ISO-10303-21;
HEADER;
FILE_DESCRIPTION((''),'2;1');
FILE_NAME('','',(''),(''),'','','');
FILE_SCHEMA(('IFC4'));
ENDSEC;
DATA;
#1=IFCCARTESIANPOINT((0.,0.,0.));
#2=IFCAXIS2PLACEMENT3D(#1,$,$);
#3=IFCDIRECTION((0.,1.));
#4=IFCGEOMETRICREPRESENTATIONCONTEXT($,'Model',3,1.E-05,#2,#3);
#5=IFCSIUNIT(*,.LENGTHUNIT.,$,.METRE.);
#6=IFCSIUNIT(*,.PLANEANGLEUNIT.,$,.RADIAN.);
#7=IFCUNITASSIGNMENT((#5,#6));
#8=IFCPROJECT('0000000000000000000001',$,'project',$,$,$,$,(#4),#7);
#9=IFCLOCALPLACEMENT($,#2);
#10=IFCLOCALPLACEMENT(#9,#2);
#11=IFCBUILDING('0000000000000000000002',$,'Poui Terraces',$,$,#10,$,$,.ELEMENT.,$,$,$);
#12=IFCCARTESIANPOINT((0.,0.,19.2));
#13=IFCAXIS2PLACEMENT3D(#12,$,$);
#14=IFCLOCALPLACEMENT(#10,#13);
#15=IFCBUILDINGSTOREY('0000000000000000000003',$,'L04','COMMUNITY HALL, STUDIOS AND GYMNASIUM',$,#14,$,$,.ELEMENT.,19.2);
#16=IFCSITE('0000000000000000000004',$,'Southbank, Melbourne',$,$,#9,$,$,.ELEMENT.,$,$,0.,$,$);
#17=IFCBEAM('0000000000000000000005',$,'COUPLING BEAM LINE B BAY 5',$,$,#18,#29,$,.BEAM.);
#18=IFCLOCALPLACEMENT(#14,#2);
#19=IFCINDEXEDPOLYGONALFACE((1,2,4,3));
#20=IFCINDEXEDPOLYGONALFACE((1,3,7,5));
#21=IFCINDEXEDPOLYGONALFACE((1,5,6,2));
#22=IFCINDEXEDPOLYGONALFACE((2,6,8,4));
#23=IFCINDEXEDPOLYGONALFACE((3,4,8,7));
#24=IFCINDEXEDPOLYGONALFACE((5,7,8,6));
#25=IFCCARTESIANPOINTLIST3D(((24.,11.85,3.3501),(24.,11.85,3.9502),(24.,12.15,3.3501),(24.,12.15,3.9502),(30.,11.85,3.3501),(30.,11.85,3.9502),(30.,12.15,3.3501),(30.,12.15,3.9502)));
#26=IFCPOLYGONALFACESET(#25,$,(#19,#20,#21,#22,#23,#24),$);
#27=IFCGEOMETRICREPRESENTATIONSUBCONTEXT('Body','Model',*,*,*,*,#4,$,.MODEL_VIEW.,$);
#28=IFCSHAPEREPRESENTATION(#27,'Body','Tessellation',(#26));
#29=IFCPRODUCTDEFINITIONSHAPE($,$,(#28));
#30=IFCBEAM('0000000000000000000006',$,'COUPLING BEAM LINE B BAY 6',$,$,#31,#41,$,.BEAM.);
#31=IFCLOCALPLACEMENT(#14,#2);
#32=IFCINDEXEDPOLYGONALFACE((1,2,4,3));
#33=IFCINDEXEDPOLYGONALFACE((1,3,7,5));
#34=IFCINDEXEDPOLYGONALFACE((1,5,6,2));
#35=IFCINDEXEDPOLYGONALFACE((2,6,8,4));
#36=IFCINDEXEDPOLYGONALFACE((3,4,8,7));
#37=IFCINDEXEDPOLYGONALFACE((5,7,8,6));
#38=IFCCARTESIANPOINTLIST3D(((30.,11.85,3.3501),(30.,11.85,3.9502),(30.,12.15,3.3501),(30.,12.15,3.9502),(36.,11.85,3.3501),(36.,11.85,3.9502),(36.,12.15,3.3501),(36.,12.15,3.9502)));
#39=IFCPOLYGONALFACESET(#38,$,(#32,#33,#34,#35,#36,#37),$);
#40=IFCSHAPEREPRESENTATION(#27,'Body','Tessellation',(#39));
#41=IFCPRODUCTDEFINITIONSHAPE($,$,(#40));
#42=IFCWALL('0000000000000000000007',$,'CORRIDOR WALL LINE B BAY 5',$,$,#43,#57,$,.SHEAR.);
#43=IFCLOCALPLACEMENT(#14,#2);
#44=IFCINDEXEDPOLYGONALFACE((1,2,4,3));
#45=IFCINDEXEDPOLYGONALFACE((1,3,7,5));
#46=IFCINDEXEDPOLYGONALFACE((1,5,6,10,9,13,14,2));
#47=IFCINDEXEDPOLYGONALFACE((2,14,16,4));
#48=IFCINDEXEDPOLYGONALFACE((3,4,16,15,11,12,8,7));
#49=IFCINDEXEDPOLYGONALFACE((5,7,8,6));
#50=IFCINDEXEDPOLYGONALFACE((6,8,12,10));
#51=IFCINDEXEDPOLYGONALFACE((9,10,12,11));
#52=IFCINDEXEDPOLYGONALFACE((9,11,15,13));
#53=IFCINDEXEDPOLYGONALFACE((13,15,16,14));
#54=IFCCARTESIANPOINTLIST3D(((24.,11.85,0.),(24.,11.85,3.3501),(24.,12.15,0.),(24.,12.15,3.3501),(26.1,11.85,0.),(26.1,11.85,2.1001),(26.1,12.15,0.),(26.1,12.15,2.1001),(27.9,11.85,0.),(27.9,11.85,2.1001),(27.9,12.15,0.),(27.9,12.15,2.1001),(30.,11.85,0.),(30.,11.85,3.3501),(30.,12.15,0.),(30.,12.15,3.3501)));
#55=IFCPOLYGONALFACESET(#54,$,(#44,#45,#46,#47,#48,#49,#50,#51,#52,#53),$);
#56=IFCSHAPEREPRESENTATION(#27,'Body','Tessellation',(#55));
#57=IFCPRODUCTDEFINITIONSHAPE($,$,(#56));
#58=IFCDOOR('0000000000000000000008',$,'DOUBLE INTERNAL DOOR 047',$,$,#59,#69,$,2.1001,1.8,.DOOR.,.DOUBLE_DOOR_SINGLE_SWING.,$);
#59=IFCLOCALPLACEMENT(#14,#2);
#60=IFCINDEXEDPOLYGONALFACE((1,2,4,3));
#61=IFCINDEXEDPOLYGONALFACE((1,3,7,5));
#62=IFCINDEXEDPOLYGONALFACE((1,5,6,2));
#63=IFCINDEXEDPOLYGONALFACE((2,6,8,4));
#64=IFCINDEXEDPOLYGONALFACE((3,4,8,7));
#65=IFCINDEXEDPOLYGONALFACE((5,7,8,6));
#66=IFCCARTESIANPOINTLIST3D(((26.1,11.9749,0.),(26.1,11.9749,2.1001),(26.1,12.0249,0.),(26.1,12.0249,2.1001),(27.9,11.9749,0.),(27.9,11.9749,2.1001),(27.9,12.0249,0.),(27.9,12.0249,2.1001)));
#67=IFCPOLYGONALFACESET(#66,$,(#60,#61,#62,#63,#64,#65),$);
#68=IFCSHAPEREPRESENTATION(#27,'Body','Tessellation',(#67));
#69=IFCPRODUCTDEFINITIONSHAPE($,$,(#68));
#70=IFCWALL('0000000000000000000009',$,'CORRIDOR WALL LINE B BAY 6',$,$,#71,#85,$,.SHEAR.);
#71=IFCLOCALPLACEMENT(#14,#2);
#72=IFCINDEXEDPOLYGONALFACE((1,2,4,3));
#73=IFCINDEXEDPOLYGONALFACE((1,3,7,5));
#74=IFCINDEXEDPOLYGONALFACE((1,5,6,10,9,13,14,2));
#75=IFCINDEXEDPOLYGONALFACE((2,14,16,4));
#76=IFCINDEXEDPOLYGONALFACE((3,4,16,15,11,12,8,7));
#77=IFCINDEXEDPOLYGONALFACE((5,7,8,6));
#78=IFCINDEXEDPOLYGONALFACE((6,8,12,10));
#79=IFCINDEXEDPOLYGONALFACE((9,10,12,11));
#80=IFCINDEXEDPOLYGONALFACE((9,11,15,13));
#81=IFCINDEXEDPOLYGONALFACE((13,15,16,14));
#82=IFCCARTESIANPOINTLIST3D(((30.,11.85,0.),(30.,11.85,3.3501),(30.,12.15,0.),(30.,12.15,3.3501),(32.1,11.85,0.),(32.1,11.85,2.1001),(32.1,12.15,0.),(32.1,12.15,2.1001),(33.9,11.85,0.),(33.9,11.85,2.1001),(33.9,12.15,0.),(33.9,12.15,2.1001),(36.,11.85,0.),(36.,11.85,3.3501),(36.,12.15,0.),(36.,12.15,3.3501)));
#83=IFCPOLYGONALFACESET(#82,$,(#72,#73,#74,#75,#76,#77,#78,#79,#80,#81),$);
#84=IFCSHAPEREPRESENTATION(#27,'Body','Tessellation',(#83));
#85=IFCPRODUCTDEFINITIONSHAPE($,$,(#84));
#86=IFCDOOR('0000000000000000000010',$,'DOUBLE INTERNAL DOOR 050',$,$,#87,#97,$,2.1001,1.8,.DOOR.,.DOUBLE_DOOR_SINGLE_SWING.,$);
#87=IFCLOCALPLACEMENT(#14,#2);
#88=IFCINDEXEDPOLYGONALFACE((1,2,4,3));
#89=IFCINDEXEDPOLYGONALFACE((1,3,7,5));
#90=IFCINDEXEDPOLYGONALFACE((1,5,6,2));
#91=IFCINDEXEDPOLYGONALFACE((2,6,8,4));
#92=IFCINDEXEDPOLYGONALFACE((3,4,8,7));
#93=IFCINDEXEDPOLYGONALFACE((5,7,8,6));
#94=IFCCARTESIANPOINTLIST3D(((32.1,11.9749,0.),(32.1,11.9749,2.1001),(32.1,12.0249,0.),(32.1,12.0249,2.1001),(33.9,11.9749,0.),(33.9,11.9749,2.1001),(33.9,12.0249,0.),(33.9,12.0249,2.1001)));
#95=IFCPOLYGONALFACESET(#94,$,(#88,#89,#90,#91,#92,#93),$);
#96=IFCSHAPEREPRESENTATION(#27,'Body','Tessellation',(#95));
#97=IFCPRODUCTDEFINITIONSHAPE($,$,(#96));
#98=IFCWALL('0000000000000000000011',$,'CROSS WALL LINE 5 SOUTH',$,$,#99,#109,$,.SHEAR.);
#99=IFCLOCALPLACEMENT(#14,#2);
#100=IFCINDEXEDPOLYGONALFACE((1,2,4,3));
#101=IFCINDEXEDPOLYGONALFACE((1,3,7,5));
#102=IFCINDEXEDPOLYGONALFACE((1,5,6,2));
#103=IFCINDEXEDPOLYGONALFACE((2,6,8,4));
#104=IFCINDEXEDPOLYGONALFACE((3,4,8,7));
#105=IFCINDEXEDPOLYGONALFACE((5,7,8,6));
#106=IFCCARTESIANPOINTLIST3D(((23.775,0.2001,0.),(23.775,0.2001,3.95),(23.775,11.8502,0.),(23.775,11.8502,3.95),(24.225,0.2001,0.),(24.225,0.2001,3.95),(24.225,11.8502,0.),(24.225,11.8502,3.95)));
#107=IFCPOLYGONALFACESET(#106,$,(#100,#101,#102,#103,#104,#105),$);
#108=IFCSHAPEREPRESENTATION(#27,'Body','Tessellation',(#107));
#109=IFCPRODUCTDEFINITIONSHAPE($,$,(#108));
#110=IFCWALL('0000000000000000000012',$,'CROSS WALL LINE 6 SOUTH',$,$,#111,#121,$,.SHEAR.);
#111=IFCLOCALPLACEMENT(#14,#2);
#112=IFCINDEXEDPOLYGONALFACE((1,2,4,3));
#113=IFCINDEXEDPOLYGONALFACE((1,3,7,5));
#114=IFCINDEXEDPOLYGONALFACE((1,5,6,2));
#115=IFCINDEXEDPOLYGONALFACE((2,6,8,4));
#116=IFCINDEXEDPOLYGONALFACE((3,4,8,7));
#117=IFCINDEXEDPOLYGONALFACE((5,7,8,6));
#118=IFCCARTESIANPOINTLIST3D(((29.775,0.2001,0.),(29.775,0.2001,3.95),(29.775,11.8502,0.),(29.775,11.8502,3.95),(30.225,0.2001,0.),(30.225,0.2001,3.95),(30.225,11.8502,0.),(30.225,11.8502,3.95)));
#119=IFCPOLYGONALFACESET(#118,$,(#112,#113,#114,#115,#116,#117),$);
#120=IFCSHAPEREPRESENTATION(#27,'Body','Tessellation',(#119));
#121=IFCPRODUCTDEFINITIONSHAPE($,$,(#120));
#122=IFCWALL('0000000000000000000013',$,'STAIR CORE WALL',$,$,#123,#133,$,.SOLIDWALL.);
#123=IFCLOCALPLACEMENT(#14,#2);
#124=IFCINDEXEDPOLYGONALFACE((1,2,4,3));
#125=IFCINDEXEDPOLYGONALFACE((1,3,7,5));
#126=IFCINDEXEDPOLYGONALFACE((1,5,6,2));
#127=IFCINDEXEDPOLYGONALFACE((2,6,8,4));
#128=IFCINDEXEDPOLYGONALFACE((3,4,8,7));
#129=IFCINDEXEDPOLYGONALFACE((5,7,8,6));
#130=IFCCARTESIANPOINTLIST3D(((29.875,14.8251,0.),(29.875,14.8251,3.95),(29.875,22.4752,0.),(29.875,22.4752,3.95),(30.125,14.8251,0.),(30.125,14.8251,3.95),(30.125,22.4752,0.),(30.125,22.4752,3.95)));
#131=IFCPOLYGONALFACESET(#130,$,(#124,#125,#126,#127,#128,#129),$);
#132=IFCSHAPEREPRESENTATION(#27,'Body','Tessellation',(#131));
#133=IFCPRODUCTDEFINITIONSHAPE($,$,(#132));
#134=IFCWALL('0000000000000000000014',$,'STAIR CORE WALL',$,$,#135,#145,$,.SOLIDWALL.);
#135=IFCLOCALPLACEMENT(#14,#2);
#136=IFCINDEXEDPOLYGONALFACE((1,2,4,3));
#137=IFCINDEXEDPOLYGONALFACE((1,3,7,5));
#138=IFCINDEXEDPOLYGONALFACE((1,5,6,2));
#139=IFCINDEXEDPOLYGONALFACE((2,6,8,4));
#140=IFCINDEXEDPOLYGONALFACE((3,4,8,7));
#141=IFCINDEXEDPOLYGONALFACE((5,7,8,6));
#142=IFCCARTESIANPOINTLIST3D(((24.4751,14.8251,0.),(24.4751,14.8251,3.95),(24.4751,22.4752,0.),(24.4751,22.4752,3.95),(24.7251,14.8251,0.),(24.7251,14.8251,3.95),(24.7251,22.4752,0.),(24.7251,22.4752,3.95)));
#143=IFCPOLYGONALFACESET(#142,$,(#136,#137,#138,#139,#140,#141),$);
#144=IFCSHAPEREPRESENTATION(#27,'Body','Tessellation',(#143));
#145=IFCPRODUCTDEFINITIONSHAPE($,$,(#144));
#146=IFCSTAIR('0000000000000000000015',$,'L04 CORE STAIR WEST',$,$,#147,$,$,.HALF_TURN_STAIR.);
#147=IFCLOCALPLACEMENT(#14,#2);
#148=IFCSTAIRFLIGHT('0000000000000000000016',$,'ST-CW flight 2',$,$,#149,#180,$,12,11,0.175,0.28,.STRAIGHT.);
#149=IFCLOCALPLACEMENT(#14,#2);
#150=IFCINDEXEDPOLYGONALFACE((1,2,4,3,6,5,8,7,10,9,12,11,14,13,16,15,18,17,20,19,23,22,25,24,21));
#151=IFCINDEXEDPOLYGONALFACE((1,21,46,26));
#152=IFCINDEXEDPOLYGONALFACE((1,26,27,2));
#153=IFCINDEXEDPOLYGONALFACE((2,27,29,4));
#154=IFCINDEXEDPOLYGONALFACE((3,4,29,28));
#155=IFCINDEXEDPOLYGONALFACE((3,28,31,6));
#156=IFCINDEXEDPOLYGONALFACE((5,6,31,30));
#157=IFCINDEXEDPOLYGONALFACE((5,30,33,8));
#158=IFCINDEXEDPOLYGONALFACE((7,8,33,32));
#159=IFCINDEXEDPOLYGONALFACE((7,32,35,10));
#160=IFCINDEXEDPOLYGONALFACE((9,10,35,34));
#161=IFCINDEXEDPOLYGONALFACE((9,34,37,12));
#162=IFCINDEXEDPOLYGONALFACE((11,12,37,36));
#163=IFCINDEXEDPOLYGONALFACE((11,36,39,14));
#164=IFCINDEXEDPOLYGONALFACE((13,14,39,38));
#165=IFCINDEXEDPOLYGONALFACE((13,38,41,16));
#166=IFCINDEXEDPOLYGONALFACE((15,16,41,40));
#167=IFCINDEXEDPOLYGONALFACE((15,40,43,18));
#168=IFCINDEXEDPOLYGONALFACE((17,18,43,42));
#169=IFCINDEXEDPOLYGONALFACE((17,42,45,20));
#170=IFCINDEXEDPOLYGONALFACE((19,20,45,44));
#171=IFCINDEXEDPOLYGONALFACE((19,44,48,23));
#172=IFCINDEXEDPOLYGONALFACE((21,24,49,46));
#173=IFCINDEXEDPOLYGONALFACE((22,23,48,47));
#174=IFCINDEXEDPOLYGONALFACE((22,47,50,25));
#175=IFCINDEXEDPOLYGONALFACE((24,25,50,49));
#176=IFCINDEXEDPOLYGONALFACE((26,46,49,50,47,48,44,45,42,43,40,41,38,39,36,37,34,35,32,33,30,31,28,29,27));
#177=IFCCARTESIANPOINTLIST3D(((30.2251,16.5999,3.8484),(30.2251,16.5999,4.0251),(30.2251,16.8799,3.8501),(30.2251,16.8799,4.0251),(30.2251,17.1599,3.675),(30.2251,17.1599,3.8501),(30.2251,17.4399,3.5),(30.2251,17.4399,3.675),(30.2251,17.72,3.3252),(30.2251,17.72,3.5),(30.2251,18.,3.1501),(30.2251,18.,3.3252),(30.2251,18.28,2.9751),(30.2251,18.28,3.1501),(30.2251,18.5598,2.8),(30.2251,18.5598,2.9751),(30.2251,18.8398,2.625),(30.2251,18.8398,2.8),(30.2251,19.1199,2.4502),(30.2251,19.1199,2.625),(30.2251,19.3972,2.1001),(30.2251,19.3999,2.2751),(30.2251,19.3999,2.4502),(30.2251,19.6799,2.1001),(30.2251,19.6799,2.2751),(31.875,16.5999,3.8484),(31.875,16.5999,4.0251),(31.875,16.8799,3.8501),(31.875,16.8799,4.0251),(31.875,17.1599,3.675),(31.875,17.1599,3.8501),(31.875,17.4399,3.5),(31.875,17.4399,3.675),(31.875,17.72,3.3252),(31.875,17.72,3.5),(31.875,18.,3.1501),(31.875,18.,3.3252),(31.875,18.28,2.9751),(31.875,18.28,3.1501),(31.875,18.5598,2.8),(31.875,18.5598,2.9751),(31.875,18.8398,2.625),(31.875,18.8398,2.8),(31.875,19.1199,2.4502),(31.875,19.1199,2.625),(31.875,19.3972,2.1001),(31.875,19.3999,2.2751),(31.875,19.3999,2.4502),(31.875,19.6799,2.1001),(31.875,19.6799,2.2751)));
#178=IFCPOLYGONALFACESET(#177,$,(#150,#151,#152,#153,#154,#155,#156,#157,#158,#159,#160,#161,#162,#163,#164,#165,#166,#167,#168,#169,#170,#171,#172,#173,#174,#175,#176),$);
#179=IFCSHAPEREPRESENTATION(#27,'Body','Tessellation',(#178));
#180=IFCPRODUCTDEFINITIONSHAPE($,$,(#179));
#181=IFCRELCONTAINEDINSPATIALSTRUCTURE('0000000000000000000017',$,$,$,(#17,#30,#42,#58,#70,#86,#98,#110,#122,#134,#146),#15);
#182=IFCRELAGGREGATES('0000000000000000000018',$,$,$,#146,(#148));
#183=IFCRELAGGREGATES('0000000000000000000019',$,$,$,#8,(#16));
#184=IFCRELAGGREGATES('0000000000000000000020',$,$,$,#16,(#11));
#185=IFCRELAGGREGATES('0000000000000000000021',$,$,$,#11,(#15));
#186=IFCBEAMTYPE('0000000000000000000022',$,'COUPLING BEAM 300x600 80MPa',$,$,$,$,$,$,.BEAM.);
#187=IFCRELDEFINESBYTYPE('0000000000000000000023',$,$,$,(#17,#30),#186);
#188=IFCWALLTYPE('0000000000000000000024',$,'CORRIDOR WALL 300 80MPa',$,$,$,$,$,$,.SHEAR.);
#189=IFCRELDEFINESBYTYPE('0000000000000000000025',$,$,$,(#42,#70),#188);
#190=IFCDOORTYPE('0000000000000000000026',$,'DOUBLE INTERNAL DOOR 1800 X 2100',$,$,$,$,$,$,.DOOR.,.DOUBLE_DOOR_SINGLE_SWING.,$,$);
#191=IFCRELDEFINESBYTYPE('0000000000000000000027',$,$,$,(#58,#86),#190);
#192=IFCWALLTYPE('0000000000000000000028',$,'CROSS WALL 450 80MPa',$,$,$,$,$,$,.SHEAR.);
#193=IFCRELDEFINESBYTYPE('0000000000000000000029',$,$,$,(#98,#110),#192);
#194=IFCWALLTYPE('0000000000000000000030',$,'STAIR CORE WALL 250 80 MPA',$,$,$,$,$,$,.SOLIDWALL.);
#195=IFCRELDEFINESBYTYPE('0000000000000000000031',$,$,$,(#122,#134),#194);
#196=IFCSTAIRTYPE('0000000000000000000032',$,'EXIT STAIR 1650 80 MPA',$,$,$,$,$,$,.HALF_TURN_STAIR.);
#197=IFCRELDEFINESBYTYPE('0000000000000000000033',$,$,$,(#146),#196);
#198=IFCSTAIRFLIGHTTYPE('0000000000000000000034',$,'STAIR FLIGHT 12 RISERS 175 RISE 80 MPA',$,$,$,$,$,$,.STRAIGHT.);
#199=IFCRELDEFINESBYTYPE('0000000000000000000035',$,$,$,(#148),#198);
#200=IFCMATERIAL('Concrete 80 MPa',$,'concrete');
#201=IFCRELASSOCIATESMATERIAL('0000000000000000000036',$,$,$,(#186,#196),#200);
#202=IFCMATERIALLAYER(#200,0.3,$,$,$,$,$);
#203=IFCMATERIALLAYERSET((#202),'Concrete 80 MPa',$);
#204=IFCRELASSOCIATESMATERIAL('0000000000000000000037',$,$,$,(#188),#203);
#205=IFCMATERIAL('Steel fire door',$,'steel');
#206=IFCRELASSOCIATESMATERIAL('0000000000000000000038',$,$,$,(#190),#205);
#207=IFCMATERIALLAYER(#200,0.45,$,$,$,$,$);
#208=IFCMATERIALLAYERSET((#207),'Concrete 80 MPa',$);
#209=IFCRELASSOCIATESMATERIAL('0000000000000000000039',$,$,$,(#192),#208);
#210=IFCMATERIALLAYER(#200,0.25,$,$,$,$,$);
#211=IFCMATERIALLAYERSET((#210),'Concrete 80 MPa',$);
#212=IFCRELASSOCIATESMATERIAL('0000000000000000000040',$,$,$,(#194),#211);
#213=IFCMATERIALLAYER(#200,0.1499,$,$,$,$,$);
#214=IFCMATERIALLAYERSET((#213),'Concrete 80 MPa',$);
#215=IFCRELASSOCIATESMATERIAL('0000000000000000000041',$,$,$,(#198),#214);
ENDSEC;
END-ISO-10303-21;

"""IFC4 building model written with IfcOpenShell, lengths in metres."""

from ifc_helpers import new_model, si_unit, direction, frame, frame_2d, origin, origin_2d, place, context, subcontext, project, spatial, polyline, rectangle, outline, extrude, source, transform, mapped, material, layer, layer_set, material_profile, profile_set, type_object, element, fill, aggregate, save


model = new_model("IFC4")

# Units and contexts
model_context = context("Model", 3, precision=1e-05, world=origin(), true_north=direction((0.0, 1.0)))
body_context = subcontext(model_context, "Body", "Model", "MODEL_VIEW")
ifc_project = project(units=[si_unit("LENGTHUNIT", "METRE"), si_unit("PLANEANGLEUNIT", "RADIAN")], contexts=[model_context])

# Site, building, storey
site_placement = place(None, origin())
site = spatial("IfcSite", under=ifc_project, at=site_placement, Name="Southbank, Melbourne", CompositionType="ELEMENT", RefElevation=0.0)
building_placement = place(site_placement, origin())
building = spatial("IfcBuilding", under=site, at=building_placement, Name="Poui Terraces", CompositionType="ELEMENT")
storey_placement = place(building_placement, frame((0.0, 0.0, 19.2)))
storey = spatial("IfcBuildingStorey", under=building, at=storey_placement, Name="L04", Description="COMMUNITY HALL, STUDIOS AND GYMNASIUM", CompositionType="ELEMENT", Elevation=19.2)

# Beams
ifc_material_1 = material(Name="Concrete 80 MPa", Category="concrete")
ifc_material_profile = material_profile(ifc_material_1, rectangle(XDim=0.3, YDim=0.6001, at=origin_2d()), Name="RC 300x600")
ifc_profile_set = profile_set([ifc_material_profile], Name="Concrete 80 MPa")
beam_type = type_object("IfcBeamType", Name="COUPLING BEAM 300x600 80MPa", PredefinedType="BEAM", material=ifc_profile_set)
shared_shape = source(origin(), body_context, "Body", "SweptSolid", [
    extrude(rectangle(XDim=0.3, YDim=0.6001, at=origin_2d()), origin(), (0.0, 0.0, 1.0), 6.0),
])
for number, where, z_axis, x_axis, name in (
    (1, (24.0, 12.0, 3.6501), (1.0, 0.0, 0.0), (0.0, 1.0, 0.0), "COUPLING BEAM LINE B BAY 5"),
    (2, (30.0, 12.0, 3.6501), (1.0, 0.0, 0.0), (0.0, 1.0, 0.0), "COUPLING BEAM LINE B BAY 6"),
):
    element("IfcBeam", number, at=place(storey_placement, frame(where, z_axis=z_axis, x_axis=x_axis)), inside=storey, type_object=beam_type, Name=name, PredefinedType="BEAM", context=body_context, shape_type="MappedRepresentation", body=[
        mapped(shared_shape, transform((0.0, 0.0, 0.0))),
    ])

# Walls, openings, doors
ifc_layer_1 = layer(ifc_material_1, 0.3)
ifc_layer_set_1 = layer_set([ifc_layer_1], Name="Concrete 80 MPa")
wall_type_1 = type_object("IfcWallType", Name="CORRIDOR WALL 300 80MPa", PredefinedType="SHEAR", material=ifc_layer_set_1)
wall_1_placement = place(storey_placement, frame((24.0, 12.0, 0.0), z_axis=(0.0, 0.0, 1.0), x_axis=(1.0, 0.0, 0.0)))
wall_1 = element("IfcWall", 3, at=wall_1_placement, inside=storey, type_object=wall_type_1, Name="CORRIDOR WALL LINE B BAY 5", PredefinedType="SHEAR", context=body_context, shape_type="SweptSolid", body=[
    extrude(rectangle(XDim=6.0, YDim=0.3, at=frame_2d((3.0, 0.0))), origin(), (0.0, 0.0, 1.0), 3.3501),
])
opening_1_placement = place(wall_1_placement, frame((2.1001, 0.0, 0.0)))
opening_1 = element("IfcOpeningElement", 4, at=opening_1_placement, cuts=wall_1, PredefinedType="OPENING", context=body_context, shape_type="SweptSolid", body=[
    extrude(rectangle(XDim=1.8, YDim=2.1001, at=frame_2d((0.8999, 1.05))), frame((0.0, 0.1602, 0.0), z_axis=(0.0, -1.0, 0.0), x_axis=(1.0, 0.0, 0.0)), (0.0, 0.0, 1.0), 0.3201),
])
ifc_material_2 = material(Name="Steel fire door", Category="steel")
door_type = type_object("IfcDoorType", Name="DOUBLE INTERNAL DOOR 1800 X 2100", OperationType="DOUBLE_DOOR_SINGLE_SWING", PredefinedType="DOOR", material=ifc_material_2)
door_1_placement = place(opening_1_placement, origin())
door_1 = element("IfcDoor", 5, at=door_1_placement, inside=storey, type_object=door_type, Name="DOUBLE INTERNAL DOOR 047", OperationType="DOUBLE_DOOR_SINGLE_SWING", OverallHeight=2.1001, OverallWidth=1.8, PredefinedType="DOOR", context=body_context, shape_type="SweptSolid", body=[
    extrude(rectangle(XDim=1.8, YDim=2.1001, at=frame_2d((0.8999, 1.05))), frame((0.0, 0.0249, 0.0), z_axis=(0.0, -1.0, 0.0), x_axis=(1.0, 0.0, 0.0)), (0.0, 0.0, 1.0), 0.05),
])
fill(opening_1, door_1)
wall_2_placement = place(storey_placement, frame((30.0, 12.0, 0.0), z_axis=(0.0, 0.0, 1.0), x_axis=(1.0, 0.0, 0.0)))
wall_2 = element("IfcWall", 6, at=wall_2_placement, inside=storey, type_object=wall_type_1, Name="CORRIDOR WALL LINE B BAY 6", PredefinedType="SHEAR", context=body_context, shape_type="SweptSolid", body=[
    extrude(rectangle(XDim=6.0, YDim=0.3, at=frame_2d((3.0, 0.0))), origin(), (0.0, 0.0, 1.0), 3.3501),
])
opening_2_placement = place(wall_2_placement, frame((2.1001, 0.0, 0.0)))
opening_2 = element("IfcOpeningElement", 7, at=opening_2_placement, cuts=wall_2, PredefinedType="OPENING", context=body_context, shape_type="SweptSolid", body=[
    extrude(rectangle(XDim=1.8, YDim=2.1001, at=frame_2d((0.8999, 1.05))), frame((0.0, 0.1602, 0.0), z_axis=(0.0, -1.0, 0.0), x_axis=(1.0, 0.0, 0.0)), (0.0, 0.0, 1.0), 0.3201),
])
door_2_placement = place(opening_2_placement, origin())
door_2 = element("IfcDoor", 8, at=door_2_placement, inside=storey, type_object=door_type, Name="DOUBLE INTERNAL DOOR 050", OperationType="DOUBLE_DOOR_SINGLE_SWING", OverallHeight=2.1001, OverallWidth=1.8, PredefinedType="DOOR", context=body_context, shape_type="SweptSolid", body=[
    extrude(rectangle(XDim=1.8, YDim=2.1001, at=frame_2d((0.8999, 1.05))), frame((0.0, 0.0249, 0.0), z_axis=(0.0, -1.0, 0.0), x_axis=(1.0, 0.0, 0.0)), (0.0, 0.0, 1.0), 0.05),
])
fill(opening_2, door_2)

# Walls
ifc_layer_2 = layer(ifc_material_1, 0.45)
ifc_layer_set_2 = layer_set([ifc_layer_2], Name="Concrete 80 MPa")
wall_type_2 = type_object("IfcWallType", Name="CROSS WALL 450 80MPa", PredefinedType="SHEAR", material=ifc_layer_set_2)
for number, where, z_axis, x_axis, name in (
    (9, (24.0, 0.2, 0.0), (0.0, 0.0, 1.0), (0.0, 1.0, 0.0), "CROSS WALL LINE 5 SOUTH"),
    (10, (30.0, 0.2, 0.0), (0.0, 0.0, 1.0), (0.0, 1.0, 0.0), "CROSS WALL LINE 6 SOUTH"),
):
    element("IfcWall", number, at=place(storey_placement, frame(where, z_axis=z_axis, x_axis=x_axis)), inside=storey, type_object=wall_type_2, Name=name, PredefinedType="SHEAR", context=body_context, shape_type="SweptSolid", body=[
        extrude(rectangle(XDim=11.6501, YDim=0.45, at=frame_2d((5.8252, 0.0))), origin(), (0.0, 0.0, 1.0), 3.95),
    ])
ifc_layer_3 = layer(ifc_material_1, 0.25)
ifc_layer_set_3 = layer_set([ifc_layer_3], Name="Concrete 80 MPa")
wall_type_3 = type_object("IfcWallType", Name="STAIR CORE WALL 250 80 MPA", PredefinedType="SOLIDWALL", material=ifc_layer_set_3)
for number, where, z_axis, x_axis, name in (
    (11, (30.0, 14.825, 0.0), (0.0, 0.0, 1.0), (0.0, 1.0, 0.0), "STAIR CORE WALL"),
    (12, (24.6001, 14.825, 0.0), (0.0, 0.0, 1.0), (0.0, 1.0, 0.0), "STAIR CORE WALL"),
):
    element("IfcWall", number, at=place(storey_placement, frame(where, z_axis=z_axis, x_axis=x_axis)), inside=storey, type_object=wall_type_3, Name=name, PredefinedType="SOLIDWALL", context=body_context, shape_type="SweptSolid", body=[
        extrude(rectangle(XDim=7.6501, YDim=0.25, at=frame_2d((3.8252, 0.0))), origin(), (0.0, 0.0, 1.0), 3.95),
    ])

# Stair, stair flight
stair_type = type_object("IfcStairType", Name="EXIT STAIR 1650 80 MPA", PredefinedType="HALF_TURN_STAIR", material=ifc_material_1)
stair_1_placement = place(storey_placement, origin())
stair_1 = element("IfcStair", 13, at=stair_1_placement, inside=storey, type_object=stair_type, Name="L04 CORE STAIR WEST", PredefinedType="HALF_TURN_STAIR")
ifc_layer_4 = layer(ifc_material_1, 0.1499)
ifc_layer_set_4 = layer_set([ifc_layer_4], Name="Concrete 80 MPa")
stair_flight_type = type_object("IfcStairFlightType", Name="STAIR FLIGHT 12 RISERS 175 RISE 80 MPA", PredefinedType="STRAIGHT", material=ifc_layer_set_4)
stair_flight_1_placement = place(storey_placement, frame((31.05, 19.6799, 2.1001), z_axis=(0.0, 0.0, 1.0), x_axis=(0.0, -1.0, 0.0)))
stair_flight_1 = element("IfcStairFlight", 14, at=stair_flight_1_placement, type_object=stair_flight_type, Name="ST-CW flight 2", NumberOfRisers=12, NumberOfTreads=11, PredefinedType="STRAIGHT", RiserHeight=0.175, TreadLength=0.28, context=body_context, shape_type="SweptSolid", body=[
    extrude(outline(polyline([(0.0, 0.0), (0.0, 0.175), (0.28, 0.175), (0.28, 0.3501), (0.5601, 0.3501), (0.5601, 0.5249), (0.8401, 0.5249), (0.8401, 0.7), (1.1201, 0.7), (1.1201, 0.875), (1.3999, 0.875), (1.3999, 1.05), (1.6799, 1.05), (1.6799, 1.2251), (1.96, 1.2251), (1.96, 1.3999), (2.24, 1.3999), (2.24, 1.575), (2.52, 1.575), (2.52, 1.75), (2.8, 1.75), (2.8, 1.925), (3.0801, 1.925), (3.0801, 2.1001), (3.0801, 1.7483), (0.2827, 0.0), (0.0, 0.0)])), frame((0.0, 0.825, 0.0), z_axis=(0.0, -1.0, 0.0), x_axis=(1.0, 0.0, 0.0)), (0.0, 0.0, 1.0), 1.6499),
])
aggregate(stair_1, [stair_flight_1])

save(model, "model.ifc")
